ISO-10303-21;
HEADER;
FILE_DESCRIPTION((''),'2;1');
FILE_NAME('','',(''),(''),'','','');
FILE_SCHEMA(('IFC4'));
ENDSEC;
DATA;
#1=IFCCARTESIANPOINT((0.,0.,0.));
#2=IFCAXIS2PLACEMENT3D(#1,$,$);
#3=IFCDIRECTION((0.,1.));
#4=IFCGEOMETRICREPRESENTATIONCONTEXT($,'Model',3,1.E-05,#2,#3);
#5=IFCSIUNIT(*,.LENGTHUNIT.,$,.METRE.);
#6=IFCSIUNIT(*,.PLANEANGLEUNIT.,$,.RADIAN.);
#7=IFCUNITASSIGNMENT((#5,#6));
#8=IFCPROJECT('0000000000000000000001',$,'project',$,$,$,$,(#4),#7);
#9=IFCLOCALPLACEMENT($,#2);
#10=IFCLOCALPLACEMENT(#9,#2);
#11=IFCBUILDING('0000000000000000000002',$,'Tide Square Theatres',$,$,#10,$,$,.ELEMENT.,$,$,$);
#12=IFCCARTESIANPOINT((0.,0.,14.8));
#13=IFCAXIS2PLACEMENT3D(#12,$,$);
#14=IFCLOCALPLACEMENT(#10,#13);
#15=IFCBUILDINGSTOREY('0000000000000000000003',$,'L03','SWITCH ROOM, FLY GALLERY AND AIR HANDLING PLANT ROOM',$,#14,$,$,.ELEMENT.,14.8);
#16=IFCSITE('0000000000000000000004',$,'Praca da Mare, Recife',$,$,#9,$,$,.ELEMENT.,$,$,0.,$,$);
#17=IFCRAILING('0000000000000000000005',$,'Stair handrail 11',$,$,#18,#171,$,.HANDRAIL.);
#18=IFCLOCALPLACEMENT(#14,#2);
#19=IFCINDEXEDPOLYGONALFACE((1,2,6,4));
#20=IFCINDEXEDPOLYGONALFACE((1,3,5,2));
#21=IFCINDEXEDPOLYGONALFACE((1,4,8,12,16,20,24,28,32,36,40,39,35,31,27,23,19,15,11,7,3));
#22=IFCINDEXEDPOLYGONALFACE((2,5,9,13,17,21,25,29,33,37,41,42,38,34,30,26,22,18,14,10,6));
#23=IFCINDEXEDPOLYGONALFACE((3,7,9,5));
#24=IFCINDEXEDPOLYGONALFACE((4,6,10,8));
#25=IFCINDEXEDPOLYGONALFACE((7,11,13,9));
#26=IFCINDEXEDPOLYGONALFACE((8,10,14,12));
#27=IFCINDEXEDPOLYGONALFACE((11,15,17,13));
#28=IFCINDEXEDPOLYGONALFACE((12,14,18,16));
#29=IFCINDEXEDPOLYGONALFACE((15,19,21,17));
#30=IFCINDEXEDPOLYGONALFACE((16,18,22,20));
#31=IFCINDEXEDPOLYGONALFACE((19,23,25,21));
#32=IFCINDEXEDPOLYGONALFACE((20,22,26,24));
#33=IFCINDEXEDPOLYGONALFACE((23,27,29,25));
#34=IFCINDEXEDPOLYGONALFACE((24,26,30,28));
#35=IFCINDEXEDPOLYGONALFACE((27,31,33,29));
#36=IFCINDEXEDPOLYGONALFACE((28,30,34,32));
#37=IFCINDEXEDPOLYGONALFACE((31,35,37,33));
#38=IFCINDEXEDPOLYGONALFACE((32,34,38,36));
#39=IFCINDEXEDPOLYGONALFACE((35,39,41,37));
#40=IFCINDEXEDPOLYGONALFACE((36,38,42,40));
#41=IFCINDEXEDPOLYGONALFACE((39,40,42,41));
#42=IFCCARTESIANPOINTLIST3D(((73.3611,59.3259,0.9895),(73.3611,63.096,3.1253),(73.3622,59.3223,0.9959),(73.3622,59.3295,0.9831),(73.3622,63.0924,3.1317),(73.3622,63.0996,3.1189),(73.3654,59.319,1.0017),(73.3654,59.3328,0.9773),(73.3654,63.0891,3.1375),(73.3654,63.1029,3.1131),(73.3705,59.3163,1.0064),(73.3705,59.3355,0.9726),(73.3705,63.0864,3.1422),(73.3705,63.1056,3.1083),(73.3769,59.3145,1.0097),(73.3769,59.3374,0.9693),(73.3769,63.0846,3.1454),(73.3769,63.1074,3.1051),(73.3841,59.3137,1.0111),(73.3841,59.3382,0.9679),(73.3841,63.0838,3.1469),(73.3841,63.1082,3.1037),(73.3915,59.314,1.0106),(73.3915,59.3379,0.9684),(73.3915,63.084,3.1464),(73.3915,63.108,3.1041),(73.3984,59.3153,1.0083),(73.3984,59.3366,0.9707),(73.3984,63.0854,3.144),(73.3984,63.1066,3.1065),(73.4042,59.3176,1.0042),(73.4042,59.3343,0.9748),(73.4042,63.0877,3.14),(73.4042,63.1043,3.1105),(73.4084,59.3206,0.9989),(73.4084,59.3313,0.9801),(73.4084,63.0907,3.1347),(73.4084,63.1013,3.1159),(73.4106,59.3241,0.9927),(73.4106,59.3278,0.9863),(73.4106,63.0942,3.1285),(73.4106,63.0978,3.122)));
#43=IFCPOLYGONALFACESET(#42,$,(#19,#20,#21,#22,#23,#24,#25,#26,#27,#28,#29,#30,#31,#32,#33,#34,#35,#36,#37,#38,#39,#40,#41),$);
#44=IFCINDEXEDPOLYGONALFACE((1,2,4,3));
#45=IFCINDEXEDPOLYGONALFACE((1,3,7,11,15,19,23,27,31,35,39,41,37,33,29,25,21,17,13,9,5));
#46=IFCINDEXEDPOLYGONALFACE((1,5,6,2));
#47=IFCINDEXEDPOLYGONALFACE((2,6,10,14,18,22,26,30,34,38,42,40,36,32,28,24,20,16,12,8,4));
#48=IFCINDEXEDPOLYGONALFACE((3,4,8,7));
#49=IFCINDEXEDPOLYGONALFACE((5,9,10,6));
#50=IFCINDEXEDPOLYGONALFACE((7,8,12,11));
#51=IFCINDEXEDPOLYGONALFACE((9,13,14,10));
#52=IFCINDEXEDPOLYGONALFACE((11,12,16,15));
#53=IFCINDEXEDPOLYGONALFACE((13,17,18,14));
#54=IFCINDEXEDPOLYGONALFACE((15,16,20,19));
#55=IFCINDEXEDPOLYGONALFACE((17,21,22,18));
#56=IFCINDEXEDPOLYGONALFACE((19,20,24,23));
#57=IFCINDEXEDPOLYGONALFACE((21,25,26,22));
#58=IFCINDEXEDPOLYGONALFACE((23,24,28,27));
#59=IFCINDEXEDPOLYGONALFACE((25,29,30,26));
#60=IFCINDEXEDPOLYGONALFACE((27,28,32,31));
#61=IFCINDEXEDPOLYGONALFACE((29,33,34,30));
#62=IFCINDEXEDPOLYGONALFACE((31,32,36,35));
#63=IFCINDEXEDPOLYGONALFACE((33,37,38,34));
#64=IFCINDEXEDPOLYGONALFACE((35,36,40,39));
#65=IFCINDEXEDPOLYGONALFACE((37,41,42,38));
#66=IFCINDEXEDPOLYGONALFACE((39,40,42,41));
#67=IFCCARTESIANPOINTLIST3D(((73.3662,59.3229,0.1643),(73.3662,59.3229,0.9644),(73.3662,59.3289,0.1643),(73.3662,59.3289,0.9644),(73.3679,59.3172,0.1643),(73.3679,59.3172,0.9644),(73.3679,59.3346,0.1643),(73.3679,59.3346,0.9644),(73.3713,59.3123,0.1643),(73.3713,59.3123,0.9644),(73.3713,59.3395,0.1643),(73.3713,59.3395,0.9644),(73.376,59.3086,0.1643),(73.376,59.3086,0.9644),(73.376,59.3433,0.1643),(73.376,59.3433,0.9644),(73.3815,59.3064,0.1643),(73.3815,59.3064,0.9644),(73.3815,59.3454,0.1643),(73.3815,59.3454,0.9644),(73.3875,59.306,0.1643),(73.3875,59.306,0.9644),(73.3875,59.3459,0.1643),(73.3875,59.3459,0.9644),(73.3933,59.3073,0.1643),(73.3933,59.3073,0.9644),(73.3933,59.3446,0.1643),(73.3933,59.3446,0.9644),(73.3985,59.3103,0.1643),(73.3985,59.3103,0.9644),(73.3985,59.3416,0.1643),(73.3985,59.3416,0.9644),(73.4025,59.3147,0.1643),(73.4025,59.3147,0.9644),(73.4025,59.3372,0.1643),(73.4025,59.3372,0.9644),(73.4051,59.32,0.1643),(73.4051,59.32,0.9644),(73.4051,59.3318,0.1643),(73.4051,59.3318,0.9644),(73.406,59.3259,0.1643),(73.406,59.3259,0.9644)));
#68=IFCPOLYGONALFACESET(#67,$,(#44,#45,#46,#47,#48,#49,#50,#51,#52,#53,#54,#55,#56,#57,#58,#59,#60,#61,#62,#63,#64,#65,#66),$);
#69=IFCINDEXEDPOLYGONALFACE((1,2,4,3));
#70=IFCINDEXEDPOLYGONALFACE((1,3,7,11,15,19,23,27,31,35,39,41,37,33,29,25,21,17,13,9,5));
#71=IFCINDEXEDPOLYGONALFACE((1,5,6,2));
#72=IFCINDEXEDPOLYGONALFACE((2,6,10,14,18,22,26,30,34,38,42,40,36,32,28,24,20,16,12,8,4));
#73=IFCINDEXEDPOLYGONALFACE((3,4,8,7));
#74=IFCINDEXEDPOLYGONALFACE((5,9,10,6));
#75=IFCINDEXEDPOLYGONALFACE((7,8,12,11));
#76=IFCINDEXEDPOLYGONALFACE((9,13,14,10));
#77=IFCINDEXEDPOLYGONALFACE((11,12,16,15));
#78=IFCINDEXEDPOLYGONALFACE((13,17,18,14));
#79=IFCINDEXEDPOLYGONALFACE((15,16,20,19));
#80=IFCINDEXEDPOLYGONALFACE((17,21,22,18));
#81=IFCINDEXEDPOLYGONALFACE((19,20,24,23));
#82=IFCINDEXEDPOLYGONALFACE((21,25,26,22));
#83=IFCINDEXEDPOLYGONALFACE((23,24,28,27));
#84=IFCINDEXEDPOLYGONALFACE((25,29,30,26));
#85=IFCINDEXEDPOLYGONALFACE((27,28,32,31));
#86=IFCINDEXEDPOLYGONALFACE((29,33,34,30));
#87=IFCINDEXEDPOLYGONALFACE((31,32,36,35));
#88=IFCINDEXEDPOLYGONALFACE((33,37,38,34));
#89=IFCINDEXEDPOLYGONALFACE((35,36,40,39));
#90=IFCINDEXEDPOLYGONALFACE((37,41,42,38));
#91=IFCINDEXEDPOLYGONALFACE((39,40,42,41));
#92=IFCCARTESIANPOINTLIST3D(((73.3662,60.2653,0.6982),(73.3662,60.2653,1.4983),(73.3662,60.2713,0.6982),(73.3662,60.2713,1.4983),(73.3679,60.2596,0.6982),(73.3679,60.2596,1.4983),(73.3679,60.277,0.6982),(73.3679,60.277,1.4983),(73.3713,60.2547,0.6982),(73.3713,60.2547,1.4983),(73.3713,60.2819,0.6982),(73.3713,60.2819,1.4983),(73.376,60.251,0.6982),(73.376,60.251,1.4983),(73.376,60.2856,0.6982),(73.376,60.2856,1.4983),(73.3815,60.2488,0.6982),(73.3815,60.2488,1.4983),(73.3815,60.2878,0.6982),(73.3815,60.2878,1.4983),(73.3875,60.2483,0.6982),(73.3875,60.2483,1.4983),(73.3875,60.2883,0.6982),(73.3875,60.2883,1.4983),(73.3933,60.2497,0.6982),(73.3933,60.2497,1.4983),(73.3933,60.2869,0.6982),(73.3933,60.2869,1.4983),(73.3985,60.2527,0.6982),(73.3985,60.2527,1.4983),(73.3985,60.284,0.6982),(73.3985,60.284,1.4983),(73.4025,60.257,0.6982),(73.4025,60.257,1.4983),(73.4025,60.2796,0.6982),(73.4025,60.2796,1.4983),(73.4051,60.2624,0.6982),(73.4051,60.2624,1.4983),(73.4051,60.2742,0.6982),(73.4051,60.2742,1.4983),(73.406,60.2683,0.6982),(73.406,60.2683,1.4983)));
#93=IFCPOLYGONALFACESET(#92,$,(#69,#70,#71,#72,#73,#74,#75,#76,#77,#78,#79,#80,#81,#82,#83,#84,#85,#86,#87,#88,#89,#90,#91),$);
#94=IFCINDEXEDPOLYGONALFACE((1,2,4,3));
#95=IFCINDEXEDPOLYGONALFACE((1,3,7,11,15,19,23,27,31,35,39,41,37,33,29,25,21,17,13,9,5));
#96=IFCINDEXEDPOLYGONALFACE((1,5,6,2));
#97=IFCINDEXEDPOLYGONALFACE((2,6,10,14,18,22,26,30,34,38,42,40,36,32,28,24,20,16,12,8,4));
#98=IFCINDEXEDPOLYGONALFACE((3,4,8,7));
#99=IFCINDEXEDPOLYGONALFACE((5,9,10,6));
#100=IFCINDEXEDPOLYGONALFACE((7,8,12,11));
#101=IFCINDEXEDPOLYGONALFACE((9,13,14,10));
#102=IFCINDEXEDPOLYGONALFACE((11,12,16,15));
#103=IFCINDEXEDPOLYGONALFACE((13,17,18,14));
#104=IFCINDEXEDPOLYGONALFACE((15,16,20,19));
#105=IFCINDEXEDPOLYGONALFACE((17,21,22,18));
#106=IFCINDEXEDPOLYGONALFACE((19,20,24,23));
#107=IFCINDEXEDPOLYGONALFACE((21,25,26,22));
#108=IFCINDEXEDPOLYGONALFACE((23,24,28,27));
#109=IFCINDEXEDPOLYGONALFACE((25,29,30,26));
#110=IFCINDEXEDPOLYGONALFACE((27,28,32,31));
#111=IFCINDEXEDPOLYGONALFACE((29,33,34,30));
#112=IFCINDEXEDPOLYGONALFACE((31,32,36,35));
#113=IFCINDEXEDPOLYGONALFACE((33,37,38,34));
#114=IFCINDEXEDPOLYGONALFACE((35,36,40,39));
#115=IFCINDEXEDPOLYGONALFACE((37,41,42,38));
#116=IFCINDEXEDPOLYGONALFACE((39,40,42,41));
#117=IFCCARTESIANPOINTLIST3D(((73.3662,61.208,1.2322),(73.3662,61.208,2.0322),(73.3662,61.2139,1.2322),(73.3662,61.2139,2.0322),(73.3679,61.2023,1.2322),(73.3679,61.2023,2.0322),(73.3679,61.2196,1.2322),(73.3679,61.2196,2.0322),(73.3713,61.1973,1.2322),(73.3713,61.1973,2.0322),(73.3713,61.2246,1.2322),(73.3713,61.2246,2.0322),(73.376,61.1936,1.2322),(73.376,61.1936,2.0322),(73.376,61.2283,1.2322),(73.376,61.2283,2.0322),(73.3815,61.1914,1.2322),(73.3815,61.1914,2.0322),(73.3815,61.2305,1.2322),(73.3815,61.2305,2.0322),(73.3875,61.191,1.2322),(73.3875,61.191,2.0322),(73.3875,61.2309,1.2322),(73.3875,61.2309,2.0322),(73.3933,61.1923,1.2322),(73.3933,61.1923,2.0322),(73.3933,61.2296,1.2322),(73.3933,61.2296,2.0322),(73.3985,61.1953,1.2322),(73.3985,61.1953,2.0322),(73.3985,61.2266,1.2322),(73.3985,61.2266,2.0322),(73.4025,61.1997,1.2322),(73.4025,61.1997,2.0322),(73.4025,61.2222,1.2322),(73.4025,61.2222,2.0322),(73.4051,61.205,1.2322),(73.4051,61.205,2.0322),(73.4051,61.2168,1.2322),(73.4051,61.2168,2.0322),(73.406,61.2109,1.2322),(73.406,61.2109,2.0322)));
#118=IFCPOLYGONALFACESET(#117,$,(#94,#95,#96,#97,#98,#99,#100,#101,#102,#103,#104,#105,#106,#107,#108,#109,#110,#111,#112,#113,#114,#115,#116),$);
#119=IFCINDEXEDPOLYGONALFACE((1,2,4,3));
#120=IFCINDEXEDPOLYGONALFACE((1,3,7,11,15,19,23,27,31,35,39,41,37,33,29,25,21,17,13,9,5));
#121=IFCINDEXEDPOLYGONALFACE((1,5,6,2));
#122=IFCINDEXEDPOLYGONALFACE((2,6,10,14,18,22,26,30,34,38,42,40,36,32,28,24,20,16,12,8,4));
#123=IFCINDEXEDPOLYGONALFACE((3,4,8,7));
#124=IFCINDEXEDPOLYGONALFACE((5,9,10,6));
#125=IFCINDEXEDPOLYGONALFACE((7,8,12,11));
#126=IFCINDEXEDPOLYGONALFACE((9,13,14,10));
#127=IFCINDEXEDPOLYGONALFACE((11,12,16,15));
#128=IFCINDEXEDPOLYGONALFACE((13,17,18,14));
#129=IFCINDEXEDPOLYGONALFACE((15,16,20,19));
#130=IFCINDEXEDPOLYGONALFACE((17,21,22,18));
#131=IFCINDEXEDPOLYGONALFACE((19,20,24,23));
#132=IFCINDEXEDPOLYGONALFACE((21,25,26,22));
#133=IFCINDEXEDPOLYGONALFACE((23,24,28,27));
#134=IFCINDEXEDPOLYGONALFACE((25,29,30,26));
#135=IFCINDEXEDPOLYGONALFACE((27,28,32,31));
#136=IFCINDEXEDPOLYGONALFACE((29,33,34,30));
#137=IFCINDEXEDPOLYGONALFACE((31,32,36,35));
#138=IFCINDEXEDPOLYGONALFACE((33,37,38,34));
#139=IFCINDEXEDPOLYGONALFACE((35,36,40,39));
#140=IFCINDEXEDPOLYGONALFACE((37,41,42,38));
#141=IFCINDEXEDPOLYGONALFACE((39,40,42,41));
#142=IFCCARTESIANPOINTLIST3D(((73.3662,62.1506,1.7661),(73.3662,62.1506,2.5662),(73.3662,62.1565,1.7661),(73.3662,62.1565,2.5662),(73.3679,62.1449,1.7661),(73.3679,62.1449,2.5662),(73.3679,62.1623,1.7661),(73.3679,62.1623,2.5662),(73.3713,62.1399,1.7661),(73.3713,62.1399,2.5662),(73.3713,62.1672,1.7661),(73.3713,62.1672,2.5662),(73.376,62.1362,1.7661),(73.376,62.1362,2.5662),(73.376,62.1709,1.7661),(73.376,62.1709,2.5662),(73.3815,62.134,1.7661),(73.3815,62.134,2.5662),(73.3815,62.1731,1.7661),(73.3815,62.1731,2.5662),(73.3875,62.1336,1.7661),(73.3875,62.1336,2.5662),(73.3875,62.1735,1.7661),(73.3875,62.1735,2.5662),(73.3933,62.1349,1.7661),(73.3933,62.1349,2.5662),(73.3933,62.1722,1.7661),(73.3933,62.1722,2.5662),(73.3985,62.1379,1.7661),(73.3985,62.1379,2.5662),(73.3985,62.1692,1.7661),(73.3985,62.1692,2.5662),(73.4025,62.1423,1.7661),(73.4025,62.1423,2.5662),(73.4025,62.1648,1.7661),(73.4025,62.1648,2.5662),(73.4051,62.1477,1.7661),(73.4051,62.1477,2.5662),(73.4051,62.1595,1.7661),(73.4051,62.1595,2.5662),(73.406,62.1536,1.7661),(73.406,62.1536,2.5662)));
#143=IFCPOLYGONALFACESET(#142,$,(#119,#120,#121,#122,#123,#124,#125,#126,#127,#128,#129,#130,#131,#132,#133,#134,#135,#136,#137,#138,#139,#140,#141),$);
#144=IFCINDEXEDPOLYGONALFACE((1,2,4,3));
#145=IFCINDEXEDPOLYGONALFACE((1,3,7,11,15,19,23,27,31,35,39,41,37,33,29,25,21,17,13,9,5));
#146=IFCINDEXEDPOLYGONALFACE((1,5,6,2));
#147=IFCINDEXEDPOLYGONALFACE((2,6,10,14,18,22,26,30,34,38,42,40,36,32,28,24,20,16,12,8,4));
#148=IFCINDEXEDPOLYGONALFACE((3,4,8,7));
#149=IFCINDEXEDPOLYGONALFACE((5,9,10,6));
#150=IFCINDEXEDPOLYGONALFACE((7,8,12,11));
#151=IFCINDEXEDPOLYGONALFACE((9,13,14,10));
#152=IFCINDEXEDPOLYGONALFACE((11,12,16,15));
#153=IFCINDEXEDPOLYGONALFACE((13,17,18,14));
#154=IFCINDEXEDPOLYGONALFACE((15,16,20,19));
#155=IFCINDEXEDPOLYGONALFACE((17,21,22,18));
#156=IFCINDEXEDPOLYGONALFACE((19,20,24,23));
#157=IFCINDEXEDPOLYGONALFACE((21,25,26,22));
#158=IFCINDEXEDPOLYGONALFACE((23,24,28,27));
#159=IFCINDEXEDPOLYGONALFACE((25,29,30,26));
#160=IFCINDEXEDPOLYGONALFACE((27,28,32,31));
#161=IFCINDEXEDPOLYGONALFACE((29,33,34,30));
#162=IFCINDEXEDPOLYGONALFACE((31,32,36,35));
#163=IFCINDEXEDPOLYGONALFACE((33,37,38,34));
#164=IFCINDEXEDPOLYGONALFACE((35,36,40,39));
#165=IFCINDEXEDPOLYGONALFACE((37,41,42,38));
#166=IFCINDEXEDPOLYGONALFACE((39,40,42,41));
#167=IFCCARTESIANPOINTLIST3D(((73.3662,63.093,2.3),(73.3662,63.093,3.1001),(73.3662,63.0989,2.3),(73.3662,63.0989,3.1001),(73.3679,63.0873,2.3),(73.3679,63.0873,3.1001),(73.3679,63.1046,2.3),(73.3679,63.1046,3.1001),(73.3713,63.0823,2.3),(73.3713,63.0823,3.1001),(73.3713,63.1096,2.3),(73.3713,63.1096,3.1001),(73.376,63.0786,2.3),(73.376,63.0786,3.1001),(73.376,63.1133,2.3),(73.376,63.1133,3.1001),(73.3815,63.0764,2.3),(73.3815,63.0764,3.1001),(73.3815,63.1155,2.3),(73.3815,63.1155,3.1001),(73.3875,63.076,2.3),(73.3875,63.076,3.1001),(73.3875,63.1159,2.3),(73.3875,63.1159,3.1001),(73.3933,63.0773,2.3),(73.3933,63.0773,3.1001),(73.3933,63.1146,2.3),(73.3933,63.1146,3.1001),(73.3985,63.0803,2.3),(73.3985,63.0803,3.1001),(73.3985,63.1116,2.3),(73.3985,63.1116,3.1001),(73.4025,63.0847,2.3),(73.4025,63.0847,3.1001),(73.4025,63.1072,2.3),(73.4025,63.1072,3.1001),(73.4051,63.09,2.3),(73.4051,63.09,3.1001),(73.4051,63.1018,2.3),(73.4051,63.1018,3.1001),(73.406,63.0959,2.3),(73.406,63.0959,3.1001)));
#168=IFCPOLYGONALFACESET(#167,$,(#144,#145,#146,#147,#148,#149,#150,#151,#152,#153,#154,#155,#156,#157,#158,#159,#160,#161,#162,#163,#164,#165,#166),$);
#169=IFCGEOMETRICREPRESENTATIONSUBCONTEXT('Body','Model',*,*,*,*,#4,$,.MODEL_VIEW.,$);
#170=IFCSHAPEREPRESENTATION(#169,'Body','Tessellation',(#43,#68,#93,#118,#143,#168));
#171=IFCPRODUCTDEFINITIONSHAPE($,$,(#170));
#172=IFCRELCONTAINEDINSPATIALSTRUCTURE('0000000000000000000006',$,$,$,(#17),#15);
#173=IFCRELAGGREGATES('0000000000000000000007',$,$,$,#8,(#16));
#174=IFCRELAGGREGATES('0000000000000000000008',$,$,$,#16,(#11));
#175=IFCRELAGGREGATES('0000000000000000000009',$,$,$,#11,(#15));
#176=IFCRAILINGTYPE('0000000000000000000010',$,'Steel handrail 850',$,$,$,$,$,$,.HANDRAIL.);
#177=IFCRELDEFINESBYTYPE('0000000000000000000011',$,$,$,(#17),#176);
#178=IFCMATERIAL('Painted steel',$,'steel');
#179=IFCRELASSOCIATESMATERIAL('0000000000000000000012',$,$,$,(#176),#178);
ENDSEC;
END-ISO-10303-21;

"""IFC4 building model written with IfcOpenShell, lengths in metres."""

from ifc_helpers import new_model, si_unit, direction, frame, origin, origin_2d, place, context, subcontext, project, spatial, circle, extrude, material, type_object, element, save


model = new_model("IFC4")

# Units and contexts
model_context = context("Model", 3, precision=1e-05, world=origin(), true_north=direction((0.0, 1.0)))
body_context = subcontext(model_context, "Body", "Model", "MODEL_VIEW")
ifc_project = project(units=[si_unit("LENGTHUNIT", "METRE"), si_unit("PLANEANGLEUNIT", "RADIAN")], contexts=[model_context])

# Site, building, storey
site_placement = place(None, origin())
site = spatial("IfcSite", under=ifc_project, at=site_placement, Name="Praca da Mare, Recife", CompositionType="ELEMENT", RefElevation=0.0)
building_placement = place(site_placement, origin())
building = spatial("IfcBuilding", under=site, at=building_placement, Name="Tide Square Theatres", CompositionType="ELEMENT")
storey_placement = place(building_placement, frame((0.0, 0.0, 14.8)))
storey = spatial("IfcBuildingStorey", under=building, at=storey_placement, Name="L03", Description="SWITCH ROOM, FLY GALLERY AND AIR HANDLING PLANT ROOM", CompositionType="ELEMENT", Elevation=14.8)

# Railing
ifc_material_1 = material(Name="Painted steel", Category="steel")
railing_type_1 = type_object("IfcRailingType", Name="Steel handrail 850", PredefinedType="HANDRAIL", material=ifc_material_1)
for number, where, name in (
    (1, (73.386, 59.3259, 0.1643), "Stair handrail 11"),
):
    element("IfcRailing", number, at=place(storey_placement, frame(where)), inside=storey, type_object=railing_type_1, Name=name, PredefinedType="HANDRAIL", context=body_context, shape_type="SweptSolid", body=[
        extrude(circle(Radius=0.0249, at=origin_2d()), frame((0.0, 0.0, 0.8252), z_axis=(0.0, 0.870082, 0.492907), x_axis=(-1.0, 0.0, 0.0)), (0.0, 0.0, 1.0), 4.333),
        extrude(circle(Radius=0.02, at=origin_2d()), origin(), (0.0, 0.0, 1.0), 0.8),
        extrude(circle(Radius=0.02, at=origin_2d()), frame((0.0, 0.9424, 0.5339)), (0.0, 0.0, 1.0), 0.8),
        extrude(circle(Radius=0.02, at=origin_2d()), frame((0.0, 1.885, 1.0679)), (0.0, 0.0, 1.0), 0.8),
        extrude(circle(Radius=0.02, at=origin_2d()), frame((0.0, 2.8276, 1.6018)), (0.0, 0.0, 1.0), 0.8),
        extrude(circle(Radius=0.02, at=origin_2d()), frame((0.0, 3.77, 2.1357)), (0.0, 0.0, 1.0), 0.8),
    ])

save(model, "model.ifc")
